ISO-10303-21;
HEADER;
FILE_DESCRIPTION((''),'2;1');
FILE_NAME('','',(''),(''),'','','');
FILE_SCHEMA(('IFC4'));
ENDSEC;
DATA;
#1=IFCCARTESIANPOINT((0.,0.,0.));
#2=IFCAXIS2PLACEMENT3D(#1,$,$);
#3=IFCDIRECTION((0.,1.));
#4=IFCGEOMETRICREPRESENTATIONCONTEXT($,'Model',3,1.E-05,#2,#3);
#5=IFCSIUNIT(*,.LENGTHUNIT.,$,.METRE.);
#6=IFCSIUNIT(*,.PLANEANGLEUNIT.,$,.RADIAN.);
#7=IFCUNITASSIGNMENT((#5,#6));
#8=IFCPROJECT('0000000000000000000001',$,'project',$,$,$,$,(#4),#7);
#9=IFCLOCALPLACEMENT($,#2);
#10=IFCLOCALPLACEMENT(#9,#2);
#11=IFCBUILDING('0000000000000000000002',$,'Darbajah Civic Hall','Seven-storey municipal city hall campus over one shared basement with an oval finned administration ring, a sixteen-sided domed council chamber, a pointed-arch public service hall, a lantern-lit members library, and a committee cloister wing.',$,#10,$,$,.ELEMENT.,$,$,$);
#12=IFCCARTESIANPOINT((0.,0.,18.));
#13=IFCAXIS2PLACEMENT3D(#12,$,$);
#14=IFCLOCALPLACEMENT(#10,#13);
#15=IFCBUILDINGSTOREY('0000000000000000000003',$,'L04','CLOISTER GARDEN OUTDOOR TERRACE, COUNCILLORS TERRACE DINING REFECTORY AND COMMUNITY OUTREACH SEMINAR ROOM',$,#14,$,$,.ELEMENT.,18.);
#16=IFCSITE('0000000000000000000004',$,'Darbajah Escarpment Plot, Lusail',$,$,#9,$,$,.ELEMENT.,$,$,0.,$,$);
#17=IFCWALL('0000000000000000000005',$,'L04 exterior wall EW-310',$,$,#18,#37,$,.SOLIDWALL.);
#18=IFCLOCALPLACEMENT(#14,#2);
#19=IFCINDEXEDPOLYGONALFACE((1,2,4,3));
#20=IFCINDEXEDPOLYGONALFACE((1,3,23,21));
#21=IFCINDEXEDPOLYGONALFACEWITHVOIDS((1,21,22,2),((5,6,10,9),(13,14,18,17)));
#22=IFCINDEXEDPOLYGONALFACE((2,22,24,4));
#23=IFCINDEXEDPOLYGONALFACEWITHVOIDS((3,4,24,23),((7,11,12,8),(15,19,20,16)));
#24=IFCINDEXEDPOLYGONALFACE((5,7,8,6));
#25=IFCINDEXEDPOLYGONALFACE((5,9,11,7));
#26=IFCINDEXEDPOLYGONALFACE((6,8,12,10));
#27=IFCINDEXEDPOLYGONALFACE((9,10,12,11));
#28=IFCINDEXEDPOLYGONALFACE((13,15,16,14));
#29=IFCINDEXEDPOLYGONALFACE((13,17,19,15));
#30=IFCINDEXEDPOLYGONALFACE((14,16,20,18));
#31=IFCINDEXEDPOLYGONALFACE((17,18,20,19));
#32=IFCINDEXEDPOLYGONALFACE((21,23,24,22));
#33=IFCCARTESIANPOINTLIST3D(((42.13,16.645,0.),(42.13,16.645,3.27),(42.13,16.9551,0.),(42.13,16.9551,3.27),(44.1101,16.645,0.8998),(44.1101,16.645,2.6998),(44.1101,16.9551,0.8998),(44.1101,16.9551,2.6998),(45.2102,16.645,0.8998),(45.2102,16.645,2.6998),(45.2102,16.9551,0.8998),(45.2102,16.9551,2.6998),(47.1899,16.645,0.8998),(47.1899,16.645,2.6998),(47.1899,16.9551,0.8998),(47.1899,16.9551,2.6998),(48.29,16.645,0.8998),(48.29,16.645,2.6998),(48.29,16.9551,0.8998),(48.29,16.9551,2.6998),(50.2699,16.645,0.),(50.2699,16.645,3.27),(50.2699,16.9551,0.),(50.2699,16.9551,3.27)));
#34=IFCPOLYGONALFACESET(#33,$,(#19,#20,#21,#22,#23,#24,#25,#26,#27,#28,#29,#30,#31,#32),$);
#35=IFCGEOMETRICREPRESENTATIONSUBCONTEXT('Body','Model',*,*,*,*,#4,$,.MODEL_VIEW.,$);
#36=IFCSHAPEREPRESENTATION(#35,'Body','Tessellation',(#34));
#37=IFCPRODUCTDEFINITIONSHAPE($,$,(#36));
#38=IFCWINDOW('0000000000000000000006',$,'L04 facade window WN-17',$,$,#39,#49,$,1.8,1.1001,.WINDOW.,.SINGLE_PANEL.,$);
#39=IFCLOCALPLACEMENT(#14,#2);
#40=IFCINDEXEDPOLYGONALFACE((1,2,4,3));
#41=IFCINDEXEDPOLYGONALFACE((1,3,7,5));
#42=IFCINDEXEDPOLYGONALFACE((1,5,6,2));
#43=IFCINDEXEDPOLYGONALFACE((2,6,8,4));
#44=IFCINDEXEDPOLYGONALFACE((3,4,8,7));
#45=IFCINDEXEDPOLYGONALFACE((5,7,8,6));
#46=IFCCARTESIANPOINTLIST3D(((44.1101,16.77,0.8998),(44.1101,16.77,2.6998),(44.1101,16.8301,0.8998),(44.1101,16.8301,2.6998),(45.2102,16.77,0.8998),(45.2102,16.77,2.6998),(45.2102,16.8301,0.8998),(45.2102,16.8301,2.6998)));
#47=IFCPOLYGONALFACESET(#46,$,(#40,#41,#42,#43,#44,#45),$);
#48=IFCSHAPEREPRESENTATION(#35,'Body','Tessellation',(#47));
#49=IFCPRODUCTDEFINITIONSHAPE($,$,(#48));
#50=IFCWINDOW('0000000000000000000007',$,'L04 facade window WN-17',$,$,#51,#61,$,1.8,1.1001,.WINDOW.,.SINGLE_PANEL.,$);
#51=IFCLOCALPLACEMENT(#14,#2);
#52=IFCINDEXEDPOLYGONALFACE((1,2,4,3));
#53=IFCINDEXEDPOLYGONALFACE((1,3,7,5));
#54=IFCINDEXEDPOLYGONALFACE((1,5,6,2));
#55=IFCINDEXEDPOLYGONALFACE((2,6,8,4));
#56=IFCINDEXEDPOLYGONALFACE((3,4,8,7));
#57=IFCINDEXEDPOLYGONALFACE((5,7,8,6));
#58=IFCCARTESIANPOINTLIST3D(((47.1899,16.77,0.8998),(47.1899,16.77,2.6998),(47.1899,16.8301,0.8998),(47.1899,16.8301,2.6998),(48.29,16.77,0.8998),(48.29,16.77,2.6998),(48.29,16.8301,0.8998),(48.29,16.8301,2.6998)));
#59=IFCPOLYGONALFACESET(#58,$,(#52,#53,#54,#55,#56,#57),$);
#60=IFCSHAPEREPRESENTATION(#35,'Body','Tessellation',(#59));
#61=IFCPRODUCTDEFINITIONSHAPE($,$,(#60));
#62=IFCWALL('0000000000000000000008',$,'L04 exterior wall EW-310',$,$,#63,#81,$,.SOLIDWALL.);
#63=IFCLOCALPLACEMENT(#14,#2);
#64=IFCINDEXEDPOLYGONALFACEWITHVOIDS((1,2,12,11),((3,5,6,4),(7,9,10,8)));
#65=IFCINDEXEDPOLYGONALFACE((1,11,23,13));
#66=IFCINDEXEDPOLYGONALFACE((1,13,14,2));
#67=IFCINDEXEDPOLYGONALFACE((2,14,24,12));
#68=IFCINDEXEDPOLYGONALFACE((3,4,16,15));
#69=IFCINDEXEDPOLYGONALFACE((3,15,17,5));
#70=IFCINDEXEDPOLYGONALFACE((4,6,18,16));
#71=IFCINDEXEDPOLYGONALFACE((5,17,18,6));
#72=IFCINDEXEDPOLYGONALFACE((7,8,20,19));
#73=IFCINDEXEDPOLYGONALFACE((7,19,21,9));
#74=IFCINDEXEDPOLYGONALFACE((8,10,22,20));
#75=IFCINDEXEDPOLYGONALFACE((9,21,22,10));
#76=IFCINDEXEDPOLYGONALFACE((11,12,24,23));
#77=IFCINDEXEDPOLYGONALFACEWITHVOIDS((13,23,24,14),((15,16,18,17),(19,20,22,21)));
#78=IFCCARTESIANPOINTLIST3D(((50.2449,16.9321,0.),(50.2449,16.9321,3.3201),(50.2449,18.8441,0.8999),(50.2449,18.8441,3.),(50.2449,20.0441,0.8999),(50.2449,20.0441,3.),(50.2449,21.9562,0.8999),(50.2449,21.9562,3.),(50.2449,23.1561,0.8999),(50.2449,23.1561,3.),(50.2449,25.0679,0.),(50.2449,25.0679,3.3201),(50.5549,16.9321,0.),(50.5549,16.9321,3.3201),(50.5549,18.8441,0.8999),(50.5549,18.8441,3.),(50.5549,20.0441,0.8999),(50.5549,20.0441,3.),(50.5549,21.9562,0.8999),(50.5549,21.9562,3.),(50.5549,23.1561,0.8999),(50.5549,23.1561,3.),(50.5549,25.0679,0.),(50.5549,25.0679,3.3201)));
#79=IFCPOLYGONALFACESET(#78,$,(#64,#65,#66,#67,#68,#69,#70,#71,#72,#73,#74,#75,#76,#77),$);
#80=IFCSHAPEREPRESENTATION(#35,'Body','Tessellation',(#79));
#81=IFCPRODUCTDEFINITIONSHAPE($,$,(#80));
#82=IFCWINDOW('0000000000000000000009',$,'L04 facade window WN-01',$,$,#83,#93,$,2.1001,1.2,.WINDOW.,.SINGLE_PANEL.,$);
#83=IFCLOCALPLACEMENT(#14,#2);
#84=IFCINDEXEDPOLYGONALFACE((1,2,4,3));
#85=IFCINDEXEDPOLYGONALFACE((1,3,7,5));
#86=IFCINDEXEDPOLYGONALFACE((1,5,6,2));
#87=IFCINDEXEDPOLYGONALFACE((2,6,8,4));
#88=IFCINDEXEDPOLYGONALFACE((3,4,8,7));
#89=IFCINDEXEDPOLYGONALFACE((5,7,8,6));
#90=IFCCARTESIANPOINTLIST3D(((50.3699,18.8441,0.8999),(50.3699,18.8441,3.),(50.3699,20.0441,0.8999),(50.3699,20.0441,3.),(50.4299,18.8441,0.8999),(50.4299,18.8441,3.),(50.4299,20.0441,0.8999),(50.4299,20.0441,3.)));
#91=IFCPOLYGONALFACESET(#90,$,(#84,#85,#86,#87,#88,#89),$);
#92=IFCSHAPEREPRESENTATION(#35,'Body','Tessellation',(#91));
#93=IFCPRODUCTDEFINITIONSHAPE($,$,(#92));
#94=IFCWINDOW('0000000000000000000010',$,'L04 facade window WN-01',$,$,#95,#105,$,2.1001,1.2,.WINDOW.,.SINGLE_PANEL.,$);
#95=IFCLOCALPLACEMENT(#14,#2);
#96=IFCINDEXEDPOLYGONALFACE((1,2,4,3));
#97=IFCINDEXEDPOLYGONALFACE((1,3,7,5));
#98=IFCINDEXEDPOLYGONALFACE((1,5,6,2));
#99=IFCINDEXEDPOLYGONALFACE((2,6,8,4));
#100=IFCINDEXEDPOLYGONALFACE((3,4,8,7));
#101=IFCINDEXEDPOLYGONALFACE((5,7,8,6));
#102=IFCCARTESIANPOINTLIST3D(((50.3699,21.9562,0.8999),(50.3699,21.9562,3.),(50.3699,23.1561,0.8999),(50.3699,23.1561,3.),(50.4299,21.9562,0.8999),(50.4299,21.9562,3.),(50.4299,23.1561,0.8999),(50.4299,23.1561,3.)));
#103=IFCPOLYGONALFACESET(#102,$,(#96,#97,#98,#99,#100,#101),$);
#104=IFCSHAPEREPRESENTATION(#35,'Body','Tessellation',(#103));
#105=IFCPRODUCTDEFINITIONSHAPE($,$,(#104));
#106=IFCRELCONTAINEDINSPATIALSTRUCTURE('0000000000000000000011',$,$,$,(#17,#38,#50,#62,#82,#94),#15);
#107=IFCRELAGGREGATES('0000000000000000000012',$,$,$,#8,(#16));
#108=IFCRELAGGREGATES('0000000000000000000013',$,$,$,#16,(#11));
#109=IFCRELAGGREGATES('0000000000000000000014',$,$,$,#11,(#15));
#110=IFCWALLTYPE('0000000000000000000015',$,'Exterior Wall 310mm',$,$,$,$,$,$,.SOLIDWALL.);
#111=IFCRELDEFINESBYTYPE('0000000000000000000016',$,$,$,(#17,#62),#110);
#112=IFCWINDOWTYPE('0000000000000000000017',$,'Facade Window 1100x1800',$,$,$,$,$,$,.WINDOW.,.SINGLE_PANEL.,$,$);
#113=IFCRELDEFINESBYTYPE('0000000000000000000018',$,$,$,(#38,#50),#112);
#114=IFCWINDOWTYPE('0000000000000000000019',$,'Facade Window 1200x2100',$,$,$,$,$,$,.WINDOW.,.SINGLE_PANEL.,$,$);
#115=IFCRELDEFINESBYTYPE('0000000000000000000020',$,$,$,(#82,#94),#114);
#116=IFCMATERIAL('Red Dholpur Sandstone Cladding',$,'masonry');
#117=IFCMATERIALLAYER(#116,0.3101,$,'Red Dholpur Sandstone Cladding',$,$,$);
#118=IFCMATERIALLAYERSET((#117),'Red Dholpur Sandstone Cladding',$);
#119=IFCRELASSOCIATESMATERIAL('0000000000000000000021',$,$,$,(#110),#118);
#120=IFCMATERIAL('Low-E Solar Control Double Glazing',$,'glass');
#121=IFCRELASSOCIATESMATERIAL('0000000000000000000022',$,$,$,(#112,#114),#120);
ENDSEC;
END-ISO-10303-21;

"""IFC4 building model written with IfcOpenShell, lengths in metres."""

from ifc_helpers import new_model, si_unit, direction, frame, frame_2d, origin, place, context, subcontext, project, spatial, rectangle, extrude, material, layer, layer_set, type_object, element, fill, save


model = new_model("IFC4")

# Units and contexts
model_context = context("Model", 3, precision=1e-05, world=origin(), true_north=direction((0.0, 1.0)))
body_context = subcontext(model_context, "Body", "Model", "MODEL_VIEW")
ifc_project = project(units=[si_unit("LENGTHUNIT", "METRE"), si_unit("PLANEANGLEUNIT", "RADIAN")], contexts=[model_context])

# Site, building, storey
site_placement = place(None, origin())
site = spatial("IfcSite", under=ifc_project, at=site_placement, Name="Darbajah Escarpment Plot, Lusail", CompositionType="ELEMENT", RefElevation=0.0)
building_placement = place(site_placement, origin())
building = spatial("IfcBuilding", under=site, at=building_placement, Name="Darbajah Civic Hall", Description="Seven-storey municipal city hall campus over one shared basement with an oval finned administration ring, a sixteen-sided domed council chamber, a pointed-arch public service hall, a lantern-lit members library, and a committee cloister wing.", CompositionType="ELEMENT")
storey_placement = place(building_placement, frame((0.0, 0.0, 18.0)))
storey = spatial("IfcBuildingStorey", under=building, at=storey_placement, Name="L04", Description="CLOISTER GARDEN OUTDOOR TERRACE, COUNCILLORS TERRACE DINING REFECTORY AND COMMUNITY OUTREACH SEMINAR ROOM", CompositionType="ELEMENT", Elevation=18.0)

# Walls, openings, windows
ifc_material_1 = material(Name="Red Dholpur Sandstone Cladding", Category="masonry")
ifc_layer_1 = layer(ifc_material_1, 0.3101, Name="Red Dholpur Sandstone Cladding")
ifc_layer_set_1 = layer_set([ifc_layer_1], Name="Red Dholpur Sandstone Cladding")
wall_type_1 = type_object("IfcWallType", Name="Exterior Wall 310mm", PredefinedType="SOLIDWALL", material=ifc_layer_set_1)
ifc_material_2 = material(Name="Low-E Solar Control Double Glazing", Category="glass")
window_type_1 = type_object("IfcWindowType", Name="Facade Window 1100x1800", PartitioningType="SINGLE_PANEL", PredefinedType="WINDOW", material=ifc_material_2)
wall_1_placement = place(storey_placement, frame((42.1301, 16.8, 0.0), z_axis=(0.0, 0.0, 1.0), x_axis=(1.0, 0.0, 0.0)))
wall_1 = element("IfcWall", 1, at=wall_1_placement, inside=storey, type_object=wall_type_1, Name="L04 exterior wall EW-310", PredefinedType="SOLIDWALL", context=body_context, shape_type="SweptSolid", body=[
    extrude(rectangle(XDim=8.1399, YDim=0.3101, at=frame_2d((4.0698, 0.0))), origin(), (0.0, 0.0, 1.0), 3.27),
])
opening_1_placement = place(wall_1_placement, frame((1.98, 0.0, 0.8999)))
opening_1 = element("IfcOpeningElement", 2, at=opening_1_placement, cuts=wall_1, PredefinedType="OPENING", context=body_context, shape_type="SweptSolid", body=[
    extrude(rectangle(XDim=1.1001, YDim=1.8, at=frame_2d((0.55, 0.8999))), frame((0.0, 0.165, 0.0), z_axis=(0.0, -1.0, 0.0), x_axis=(1.0, 0.0, 0.0)), (0.0, 0.0, 1.0), 0.3301),
])
opening_2_placement = place(wall_1_placement, frame((5.0598, 0.0, 0.8999)))
opening_2 = element("IfcOpeningElement", 3, at=opening_2_placement, cuts=wall_1, PredefinedType="OPENING", context=body_context, shape_type="SweptSolid", body=[
    extrude(rectangle(XDim=1.1001, YDim=1.8, at=frame_2d((0.55, 0.8999))), frame((0.0, 0.165, 0.0), z_axis=(0.0, -1.0, 0.0), x_axis=(1.0, 0.0, 0.0)), (0.0, 0.0, 1.0), 0.3301),
])
window_1_placement = place(opening_1_placement, origin())
window_1 = element("IfcWindow", 4, at=window_1_placement, inside=storey, type_object=window_type_1, Name="L04 facade window WN-17", OverallHeight=1.8, OverallWidth=1.1001, PartitioningType="SINGLE_PANEL", PredefinedType="WINDOW", context=body_context, shape_type="SweptSolid", body=[
    extrude(rectangle(XDim=1.1001, YDim=1.8, at=frame_2d((0.55, 0.8999))), frame((0.0, 0.03, 0.0), z_axis=(0.0, -1.0, 0.0), x_axis=(1.0, 0.0, 0.0)), (0.0, 0.0, 1.0), 0.0601),
])
fill(opening_1, window_1)
window_2_placement = place(opening_2_placement, origin())
window_2 = element("IfcWindow", 5, at=window_2_placement, inside=storey, type_object=window_type_1, Name="L04 facade window WN-17", OverallHeight=1.8, OverallWidth=1.1001, PartitioningType="SINGLE_PANEL", PredefinedType="WINDOW", context=body_context, shape_type="SweptSolid", body=[
    extrude(rectangle(XDim=1.1001, YDim=1.8, at=frame_2d((0.55, 0.8999))), frame((0.0, 0.03, 0.0), z_axis=(0.0, -1.0, 0.0), x_axis=(1.0, 0.0, 0.0)), (0.0, 0.0, 1.0), 0.0601),
])
fill(opening_2, window_2)
wall_2_placement = place(storey_placement, frame((50.3999, 16.9321, 0.0), z_axis=(0.0, 0.0, 1.0), x_axis=(0.0, 1.0, 0.0)))
wall_2 = element("IfcWall", 6, at=wall_2_placement, inside=storey, type_object=wall_type_1, Name="L04 exterior wall EW-310", PredefinedType="SOLIDWALL", context=body_context, shape_type="SweptSolid", body=[
    extrude(rectangle(XDim=8.1357, YDim=0.3101, at=frame_2d((4.0679, 0.0))), origin(), (0.0, 0.0, 1.0), 3.3201),
])
opening_3_placement = place(wall_2_placement, frame((1.9119, 0.0, 0.8999)))
opening_3 = element("IfcOpeningElement", 7, at=opening_3_placement, cuts=wall_2, PredefinedType="OPENING", context=body_context, shape_type="SweptSolid", body=[
    extrude(rectangle(XDim=1.2, YDim=2.1001, at=frame_2d((0.6001, 1.05))), frame((0.0, 0.165, 0.0), z_axis=(0.0, -1.0, 0.0), x_axis=(1.0, 0.0, 0.0)), (0.0, 0.0, 1.0), 0.3301),
])
opening_4_placement = place(wall_2_placement, frame((5.0239, 0.0, 0.8999)))
opening_4 = element("IfcOpeningElement", 8, at=opening_4_placement, cuts=wall_2, PredefinedType="OPENING", context=body_context, shape_type="SweptSolid", body=[
    extrude(rectangle(XDim=1.2, YDim=2.1001, at=frame_2d((0.6001, 1.05))), frame((0.0, 0.165, 0.0), z_axis=(0.0, -1.0, 0.0), x_axis=(1.0, 0.0, 0.0)), (0.0, 0.0, 1.0), 0.3301),
])
window_type_2 = type_object("IfcWindowType", Name="Facade Window 1200x2100", PartitioningType="SINGLE_PANEL", PredefinedType="WINDOW", material=ifc_material_2)
window_3_placement = place(opening_3_placement, origin())
window_3 = element("IfcWindow", 9, at=window_3_placement, inside=storey, type_object=window_type_2, Name="L04 facade window WN-01", OverallHeight=2.1001, OverallWidth=1.2, PartitioningType="SINGLE_PANEL", PredefinedType="WINDOW", context=body_context, shape_type="SweptSolid", body=[
    extrude(rectangle(XDim=1.2, YDim=2.1001, at=frame_2d((0.6001, 1.05))), frame((0.0, 0.03, 0.0), z_axis=(0.0, -1.0, 0.0), x_axis=(1.0, 0.0, 0.0)), (0.0, 0.0, 1.0), 0.0601),
])
fill(opening_3, window_3)
window_4_placement = place(opening_4_placement, origin())
window_4 = element("IfcWindow", 10, at=window_4_placement, inside=storey, type_object=window_type_2, Name="L04 facade window WN-01", OverallHeight=2.1001, OverallWidth=1.2, PartitioningType="SINGLE_PANEL", PredefinedType="WINDOW", context=body_context, shape_type="SweptSolid", body=[
    extrude(rectangle(XDim=1.2, YDim=2.1001, at=frame_2d((0.6001, 1.05))), frame((0.0, 0.03, 0.0), z_axis=(0.0, -1.0, 0.0), x_axis=(1.0, 0.0, 0.0)), (0.0, 0.0, 1.0), 0.0601),
])
fill(opening_4, window_4)

save(model, "model.ifc")
